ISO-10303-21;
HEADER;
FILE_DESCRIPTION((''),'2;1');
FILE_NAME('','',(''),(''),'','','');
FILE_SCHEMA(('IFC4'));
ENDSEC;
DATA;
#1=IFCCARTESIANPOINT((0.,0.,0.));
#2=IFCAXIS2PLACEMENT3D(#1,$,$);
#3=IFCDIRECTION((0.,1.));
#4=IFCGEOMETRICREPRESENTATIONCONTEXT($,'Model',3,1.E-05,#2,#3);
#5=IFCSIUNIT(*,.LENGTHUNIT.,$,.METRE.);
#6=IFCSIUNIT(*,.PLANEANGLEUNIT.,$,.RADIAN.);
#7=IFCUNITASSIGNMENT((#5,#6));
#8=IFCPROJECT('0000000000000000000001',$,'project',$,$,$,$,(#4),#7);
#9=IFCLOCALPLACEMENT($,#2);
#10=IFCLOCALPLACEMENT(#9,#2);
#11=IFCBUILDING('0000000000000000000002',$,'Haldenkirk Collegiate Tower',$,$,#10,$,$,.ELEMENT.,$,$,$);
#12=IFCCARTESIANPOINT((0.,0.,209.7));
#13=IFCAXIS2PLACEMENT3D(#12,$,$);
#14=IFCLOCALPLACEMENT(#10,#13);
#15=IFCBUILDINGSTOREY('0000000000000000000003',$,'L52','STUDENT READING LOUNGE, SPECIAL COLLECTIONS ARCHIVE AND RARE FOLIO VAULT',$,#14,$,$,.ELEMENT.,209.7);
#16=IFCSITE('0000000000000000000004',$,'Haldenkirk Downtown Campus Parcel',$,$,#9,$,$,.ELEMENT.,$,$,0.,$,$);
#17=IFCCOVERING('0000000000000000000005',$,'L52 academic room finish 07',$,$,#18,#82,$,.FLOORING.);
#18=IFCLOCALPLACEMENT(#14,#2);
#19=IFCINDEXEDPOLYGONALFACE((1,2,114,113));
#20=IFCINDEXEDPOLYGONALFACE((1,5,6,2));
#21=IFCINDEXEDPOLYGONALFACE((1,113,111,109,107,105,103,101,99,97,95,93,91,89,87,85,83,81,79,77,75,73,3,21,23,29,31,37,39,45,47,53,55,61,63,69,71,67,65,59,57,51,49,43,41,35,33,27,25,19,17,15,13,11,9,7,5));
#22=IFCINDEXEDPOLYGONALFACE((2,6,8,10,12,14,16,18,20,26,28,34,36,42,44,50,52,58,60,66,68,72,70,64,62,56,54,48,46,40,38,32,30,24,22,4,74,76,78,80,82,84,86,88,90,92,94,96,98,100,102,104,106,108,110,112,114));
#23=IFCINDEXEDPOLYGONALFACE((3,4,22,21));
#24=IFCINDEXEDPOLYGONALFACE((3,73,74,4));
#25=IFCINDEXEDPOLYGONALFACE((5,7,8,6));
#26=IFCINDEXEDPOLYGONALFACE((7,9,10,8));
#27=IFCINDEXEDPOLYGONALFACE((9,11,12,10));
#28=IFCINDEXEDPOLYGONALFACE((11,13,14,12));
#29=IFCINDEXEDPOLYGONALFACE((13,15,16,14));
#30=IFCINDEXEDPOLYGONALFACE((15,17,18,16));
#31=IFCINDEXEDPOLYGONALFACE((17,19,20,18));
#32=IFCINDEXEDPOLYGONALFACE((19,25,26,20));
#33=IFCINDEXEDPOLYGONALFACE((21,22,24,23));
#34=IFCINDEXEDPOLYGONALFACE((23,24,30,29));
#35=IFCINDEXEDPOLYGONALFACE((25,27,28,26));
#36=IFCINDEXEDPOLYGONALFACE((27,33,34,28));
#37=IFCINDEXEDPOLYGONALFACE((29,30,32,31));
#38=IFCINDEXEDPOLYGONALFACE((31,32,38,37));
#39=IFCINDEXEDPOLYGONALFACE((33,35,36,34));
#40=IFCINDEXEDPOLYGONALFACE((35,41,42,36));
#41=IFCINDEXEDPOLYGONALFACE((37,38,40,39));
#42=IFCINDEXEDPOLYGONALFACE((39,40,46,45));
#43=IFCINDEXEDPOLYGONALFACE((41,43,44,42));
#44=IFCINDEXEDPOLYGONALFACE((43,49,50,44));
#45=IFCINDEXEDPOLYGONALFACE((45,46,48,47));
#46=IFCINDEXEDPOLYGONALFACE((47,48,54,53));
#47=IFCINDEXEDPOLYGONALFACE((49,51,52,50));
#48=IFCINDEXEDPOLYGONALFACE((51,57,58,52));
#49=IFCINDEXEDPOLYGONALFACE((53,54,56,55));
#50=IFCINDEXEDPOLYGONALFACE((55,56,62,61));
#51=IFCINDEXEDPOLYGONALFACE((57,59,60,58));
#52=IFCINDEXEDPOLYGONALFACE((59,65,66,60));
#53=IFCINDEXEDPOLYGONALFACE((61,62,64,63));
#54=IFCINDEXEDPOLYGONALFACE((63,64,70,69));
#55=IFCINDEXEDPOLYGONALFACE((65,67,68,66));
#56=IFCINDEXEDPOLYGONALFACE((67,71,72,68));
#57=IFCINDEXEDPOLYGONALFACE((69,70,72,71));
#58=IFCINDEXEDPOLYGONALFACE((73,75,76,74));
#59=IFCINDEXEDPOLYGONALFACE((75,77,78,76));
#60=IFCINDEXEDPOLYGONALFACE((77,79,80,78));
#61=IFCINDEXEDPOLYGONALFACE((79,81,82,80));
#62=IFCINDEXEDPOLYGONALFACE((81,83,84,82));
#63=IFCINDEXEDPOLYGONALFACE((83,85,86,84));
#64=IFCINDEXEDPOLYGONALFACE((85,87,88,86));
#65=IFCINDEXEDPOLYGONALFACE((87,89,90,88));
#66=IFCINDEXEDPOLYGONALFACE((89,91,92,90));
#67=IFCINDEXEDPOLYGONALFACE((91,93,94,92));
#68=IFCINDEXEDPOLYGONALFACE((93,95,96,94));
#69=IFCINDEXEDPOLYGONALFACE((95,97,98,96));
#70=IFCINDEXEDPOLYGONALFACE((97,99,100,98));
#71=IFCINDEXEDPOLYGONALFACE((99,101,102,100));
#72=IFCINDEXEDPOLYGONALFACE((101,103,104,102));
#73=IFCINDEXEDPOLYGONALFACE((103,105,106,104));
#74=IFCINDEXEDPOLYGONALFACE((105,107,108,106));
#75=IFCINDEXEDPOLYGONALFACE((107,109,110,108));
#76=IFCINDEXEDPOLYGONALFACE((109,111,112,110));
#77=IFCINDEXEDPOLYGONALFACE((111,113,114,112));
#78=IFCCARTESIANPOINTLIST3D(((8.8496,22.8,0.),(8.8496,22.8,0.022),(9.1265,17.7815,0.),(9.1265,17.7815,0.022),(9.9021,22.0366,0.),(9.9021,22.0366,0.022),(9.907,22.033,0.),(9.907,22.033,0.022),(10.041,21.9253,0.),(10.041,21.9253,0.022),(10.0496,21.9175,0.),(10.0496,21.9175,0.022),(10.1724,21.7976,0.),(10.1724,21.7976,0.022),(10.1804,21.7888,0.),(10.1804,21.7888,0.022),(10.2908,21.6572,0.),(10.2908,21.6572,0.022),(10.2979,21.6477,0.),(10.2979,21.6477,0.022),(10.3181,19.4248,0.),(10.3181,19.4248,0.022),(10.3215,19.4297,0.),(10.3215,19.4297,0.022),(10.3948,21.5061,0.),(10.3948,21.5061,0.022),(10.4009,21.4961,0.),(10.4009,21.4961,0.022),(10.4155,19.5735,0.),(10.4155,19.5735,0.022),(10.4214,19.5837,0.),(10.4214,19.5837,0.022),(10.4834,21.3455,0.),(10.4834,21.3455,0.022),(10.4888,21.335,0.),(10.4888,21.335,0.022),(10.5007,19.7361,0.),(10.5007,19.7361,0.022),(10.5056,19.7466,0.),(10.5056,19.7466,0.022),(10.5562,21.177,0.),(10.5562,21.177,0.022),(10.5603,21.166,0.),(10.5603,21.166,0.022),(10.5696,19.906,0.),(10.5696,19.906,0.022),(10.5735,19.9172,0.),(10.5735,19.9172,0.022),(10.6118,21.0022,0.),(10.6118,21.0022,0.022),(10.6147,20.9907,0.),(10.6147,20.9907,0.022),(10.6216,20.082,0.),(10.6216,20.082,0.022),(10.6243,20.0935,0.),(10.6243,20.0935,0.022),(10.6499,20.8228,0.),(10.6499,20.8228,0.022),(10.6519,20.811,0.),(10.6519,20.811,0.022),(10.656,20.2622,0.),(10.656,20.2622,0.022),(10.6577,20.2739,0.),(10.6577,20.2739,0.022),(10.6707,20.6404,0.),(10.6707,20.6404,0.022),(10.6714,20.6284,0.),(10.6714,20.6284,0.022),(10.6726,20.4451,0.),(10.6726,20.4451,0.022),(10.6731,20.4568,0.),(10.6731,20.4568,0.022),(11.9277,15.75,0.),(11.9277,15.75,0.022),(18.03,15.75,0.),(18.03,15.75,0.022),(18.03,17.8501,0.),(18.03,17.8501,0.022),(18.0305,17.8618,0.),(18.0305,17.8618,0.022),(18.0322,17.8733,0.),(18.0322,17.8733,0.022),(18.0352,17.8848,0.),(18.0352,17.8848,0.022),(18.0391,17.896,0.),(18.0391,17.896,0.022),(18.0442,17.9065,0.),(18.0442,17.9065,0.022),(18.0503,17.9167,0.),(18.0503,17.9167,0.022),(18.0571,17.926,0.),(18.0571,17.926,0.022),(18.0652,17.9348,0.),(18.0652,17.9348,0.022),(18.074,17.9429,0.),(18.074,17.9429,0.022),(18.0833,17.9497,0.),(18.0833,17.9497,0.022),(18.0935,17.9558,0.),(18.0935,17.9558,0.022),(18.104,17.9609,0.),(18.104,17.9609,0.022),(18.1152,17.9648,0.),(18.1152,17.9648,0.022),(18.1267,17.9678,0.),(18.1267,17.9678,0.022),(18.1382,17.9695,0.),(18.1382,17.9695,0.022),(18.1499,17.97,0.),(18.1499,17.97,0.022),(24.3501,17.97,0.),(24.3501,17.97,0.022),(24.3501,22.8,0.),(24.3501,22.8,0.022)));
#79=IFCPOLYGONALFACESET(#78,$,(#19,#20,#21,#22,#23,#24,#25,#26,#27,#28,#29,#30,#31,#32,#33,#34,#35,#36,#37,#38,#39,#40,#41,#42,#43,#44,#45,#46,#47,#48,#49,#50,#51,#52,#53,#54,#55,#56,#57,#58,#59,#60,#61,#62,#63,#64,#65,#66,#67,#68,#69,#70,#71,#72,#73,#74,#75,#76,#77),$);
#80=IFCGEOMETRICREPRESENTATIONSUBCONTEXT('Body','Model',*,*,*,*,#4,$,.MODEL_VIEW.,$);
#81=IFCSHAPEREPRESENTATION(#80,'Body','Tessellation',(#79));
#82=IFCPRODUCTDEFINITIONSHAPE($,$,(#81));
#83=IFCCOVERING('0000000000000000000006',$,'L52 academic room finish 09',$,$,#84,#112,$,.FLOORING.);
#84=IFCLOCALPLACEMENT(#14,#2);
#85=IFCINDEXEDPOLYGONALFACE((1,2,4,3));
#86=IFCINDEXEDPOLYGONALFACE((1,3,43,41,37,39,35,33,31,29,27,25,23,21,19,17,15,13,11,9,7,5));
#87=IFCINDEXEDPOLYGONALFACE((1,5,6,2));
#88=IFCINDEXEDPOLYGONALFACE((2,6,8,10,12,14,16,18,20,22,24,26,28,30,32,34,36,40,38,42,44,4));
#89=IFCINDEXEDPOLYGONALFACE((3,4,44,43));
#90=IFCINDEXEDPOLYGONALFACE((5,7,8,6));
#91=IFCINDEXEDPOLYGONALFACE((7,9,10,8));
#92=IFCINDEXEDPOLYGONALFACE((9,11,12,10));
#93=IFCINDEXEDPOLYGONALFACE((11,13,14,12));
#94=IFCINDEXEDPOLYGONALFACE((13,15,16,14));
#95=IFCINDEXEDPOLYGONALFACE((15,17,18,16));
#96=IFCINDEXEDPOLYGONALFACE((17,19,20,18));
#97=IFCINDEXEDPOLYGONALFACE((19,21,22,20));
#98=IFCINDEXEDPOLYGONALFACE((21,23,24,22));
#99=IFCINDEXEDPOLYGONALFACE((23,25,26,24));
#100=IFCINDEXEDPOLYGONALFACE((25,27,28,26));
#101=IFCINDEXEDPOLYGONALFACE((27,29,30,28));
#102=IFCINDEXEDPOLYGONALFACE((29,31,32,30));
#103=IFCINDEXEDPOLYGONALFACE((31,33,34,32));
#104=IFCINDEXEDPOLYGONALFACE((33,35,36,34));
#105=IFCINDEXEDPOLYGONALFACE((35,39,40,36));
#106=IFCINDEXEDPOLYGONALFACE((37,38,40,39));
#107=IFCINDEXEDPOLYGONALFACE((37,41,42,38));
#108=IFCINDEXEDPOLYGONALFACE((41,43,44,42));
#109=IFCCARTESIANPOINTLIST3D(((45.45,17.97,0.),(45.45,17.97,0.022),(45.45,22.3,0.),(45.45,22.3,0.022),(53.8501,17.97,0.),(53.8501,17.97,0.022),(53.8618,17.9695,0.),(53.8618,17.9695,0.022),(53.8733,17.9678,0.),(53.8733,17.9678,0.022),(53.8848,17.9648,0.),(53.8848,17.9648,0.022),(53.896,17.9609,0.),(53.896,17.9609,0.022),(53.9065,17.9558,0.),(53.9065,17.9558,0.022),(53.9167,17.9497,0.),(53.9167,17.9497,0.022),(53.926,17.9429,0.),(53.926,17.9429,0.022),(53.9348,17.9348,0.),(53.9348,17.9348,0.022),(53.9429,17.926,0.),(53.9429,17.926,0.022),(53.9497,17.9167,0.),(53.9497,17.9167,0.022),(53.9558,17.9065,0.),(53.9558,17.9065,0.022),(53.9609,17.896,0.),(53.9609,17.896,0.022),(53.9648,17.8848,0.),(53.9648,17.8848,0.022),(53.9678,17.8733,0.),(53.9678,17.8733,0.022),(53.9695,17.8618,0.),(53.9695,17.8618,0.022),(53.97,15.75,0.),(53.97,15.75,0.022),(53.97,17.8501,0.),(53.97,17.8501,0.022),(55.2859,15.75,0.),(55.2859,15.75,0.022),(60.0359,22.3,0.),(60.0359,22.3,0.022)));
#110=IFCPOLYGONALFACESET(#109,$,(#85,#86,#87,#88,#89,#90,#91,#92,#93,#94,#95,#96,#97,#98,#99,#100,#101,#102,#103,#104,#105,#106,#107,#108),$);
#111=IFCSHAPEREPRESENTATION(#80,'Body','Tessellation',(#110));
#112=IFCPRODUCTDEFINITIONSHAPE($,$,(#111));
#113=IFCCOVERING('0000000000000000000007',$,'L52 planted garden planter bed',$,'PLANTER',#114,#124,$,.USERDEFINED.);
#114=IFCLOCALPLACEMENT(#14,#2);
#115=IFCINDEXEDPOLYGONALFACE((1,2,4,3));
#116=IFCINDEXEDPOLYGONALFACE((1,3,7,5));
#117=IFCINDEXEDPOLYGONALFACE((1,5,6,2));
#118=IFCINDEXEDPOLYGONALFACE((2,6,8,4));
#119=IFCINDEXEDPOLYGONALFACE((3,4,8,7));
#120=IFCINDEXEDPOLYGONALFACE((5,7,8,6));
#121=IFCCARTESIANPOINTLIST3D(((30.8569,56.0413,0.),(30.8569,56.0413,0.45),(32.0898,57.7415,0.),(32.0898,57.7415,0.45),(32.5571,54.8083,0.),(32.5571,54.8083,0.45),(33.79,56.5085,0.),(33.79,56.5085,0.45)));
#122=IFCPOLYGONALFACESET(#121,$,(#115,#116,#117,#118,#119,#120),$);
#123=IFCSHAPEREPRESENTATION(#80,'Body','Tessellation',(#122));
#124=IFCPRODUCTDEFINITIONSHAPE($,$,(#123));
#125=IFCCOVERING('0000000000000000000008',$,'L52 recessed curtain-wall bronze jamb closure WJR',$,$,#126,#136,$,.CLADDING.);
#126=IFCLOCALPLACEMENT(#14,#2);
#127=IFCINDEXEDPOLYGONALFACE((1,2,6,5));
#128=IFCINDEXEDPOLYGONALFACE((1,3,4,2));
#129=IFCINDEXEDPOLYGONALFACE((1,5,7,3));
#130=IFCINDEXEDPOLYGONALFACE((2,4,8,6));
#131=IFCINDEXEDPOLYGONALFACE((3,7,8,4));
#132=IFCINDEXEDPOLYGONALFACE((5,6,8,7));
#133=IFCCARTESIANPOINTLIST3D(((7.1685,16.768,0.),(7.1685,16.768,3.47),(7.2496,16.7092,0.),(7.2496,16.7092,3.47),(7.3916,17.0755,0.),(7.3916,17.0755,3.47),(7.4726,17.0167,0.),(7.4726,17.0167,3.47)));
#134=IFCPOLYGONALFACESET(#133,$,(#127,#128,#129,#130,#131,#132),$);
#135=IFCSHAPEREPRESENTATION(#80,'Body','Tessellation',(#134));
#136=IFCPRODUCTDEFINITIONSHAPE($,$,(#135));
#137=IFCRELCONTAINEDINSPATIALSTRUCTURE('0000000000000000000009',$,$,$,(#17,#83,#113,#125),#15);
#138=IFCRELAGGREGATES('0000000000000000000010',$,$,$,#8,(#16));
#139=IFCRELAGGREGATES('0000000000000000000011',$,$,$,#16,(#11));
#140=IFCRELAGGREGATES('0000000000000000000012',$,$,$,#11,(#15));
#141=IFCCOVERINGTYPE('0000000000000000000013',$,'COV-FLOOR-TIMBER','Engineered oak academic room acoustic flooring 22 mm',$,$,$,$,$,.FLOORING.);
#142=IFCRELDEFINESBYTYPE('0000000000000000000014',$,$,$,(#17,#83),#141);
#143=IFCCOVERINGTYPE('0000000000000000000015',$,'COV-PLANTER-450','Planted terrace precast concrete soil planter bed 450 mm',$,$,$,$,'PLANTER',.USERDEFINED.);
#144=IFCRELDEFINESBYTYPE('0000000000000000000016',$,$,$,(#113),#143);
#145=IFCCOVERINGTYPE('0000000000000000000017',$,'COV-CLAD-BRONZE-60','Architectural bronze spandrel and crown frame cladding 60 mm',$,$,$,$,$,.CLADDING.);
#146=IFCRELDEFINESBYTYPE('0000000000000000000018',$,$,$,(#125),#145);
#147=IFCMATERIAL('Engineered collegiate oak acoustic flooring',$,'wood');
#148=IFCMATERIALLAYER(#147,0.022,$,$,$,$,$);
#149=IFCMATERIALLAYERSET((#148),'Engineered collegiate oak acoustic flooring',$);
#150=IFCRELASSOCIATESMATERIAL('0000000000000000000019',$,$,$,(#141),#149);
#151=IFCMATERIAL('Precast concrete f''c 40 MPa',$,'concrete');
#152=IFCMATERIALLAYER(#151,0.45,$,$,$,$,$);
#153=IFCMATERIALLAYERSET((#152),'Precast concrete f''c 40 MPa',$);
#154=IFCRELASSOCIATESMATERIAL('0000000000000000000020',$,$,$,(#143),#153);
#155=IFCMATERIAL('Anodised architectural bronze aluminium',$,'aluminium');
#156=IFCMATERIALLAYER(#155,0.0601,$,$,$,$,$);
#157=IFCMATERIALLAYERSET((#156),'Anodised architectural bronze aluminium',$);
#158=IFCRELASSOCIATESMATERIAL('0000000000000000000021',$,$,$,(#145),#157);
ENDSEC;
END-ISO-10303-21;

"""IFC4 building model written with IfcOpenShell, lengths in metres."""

from ifc_helpers import new_model, si_unit, direction, frame, origin, origin_2d, place, context, subcontext, project, spatial, polyline, rectangle, outline, extrude, source, transform, mapped, material, layer, layer_set, type_object, element, save


model = new_model("IFC4")

# Units and contexts
model_context = context("Model", 3, precision=1e-05, world=origin(), true_north=direction((0.0, 1.0)))
body_context = subcontext(model_context, "Body", "Model", "MODEL_VIEW")
ifc_project = project(units=[si_unit("LENGTHUNIT", "METRE"), si_unit("PLANEANGLEUNIT", "RADIAN")], contexts=[model_context])

# Site, building, storey
site_placement = place(None, origin())
site = spatial("IfcSite", under=ifc_project, at=site_placement, Name="Haldenkirk Downtown Campus Parcel", CompositionType="ELEMENT", RefElevation=0.0)
building_placement = place(site_placement, origin())
building = spatial("IfcBuilding", under=site, at=building_placement, Name="Haldenkirk Collegiate Tower", CompositionType="ELEMENT")
storey_placement = place(building_placement, frame((0.0, 0.0, 209.7)))
storey = spatial("IfcBuildingStorey", under=building, at=storey_placement, Name="L52", Description="STUDENT READING LOUNGE, SPECIAL COLLECTIONS ARCHIVE AND RARE FOLIO VAULT", CompositionType="ELEMENT", Elevation=209.7)

# Shared definitions
ifc_material_1 = material(Name="Anodised architectural bronze aluminium", Category="aluminium")

# Shared definitions
ifc_material_2 = material(Name="Precast concrete f'c 40 MPa", Category="concrete")

# Coverings
ifc_material_3 = material(Name="Engineered collegiate oak acoustic flooring", Category="wood")
ifc_layer_1 = layer(ifc_material_3, 0.022)
ifc_layer_set_1 = layer_set([ifc_layer_1], Name="Engineered collegiate oak acoustic flooring")
covering_type_1 = type_object("IfcCoveringType", Name="COV-FLOOR-TIMBER", Description="Engineered oak academic room acoustic flooring 22 mm", PredefinedType="FLOORING", material=ifc_layer_set_1)
covering_1_placement = place(storey_placement, origin())
element("IfcCovering", 1, at=covering_1_placement, inside=storey, type_object=covering_type_1, Name="L52 academic room finish 07", PredefinedType="FLOORING", context=body_context, shape_type="SweptSolid", body=[
    extrude(outline(polyline([(10.3181, 19.4248), (10.3215, 19.4297), (10.4155, 19.5735), (10.4214, 19.5837), (10.5007, 19.7361), (10.5056, 19.7466), (10.5696, 19.906), (10.5735, 19.9172), (10.6216, 20.082), (10.6243, 20.0935), (10.656, 20.2622), (10.6577, 20.2739), (10.6726, 20.4451), (10.6731, 20.4568), (10.6714, 20.6284), (10.6707, 20.6404), (10.6519, 20.811), (10.6499, 20.8228), (10.6147, 20.9907), (10.6118, 21.0022), (10.5603, 21.166), (10.5562, 21.177), (10.4888, 21.335), (10.4834, 21.3455), (10.4009, 21.4961), (10.3948, 21.5061), (10.2979, 21.6477), (10.2908, 21.6572), (10.1804, 21.7888), (10.1724, 21.7976), (10.0496, 21.9175), (10.041, 21.9253), (9.907, 22.033), (9.9021, 22.0366), (8.8496, 22.8), (24.3501, 22.8), (24.3501, 17.97), (18.1499, 17.97), (18.1382, 17.9695), (18.1267, 17.9678), (18.1152, 17.9648), (18.104, 17.9609), (18.0935, 17.9558), (18.0833, 17.9497), (18.074, 17.9429), (18.0652, 17.9348), (18.0571, 17.926), (18.0503, 17.9167), (18.0442, 17.9065), (18.0391, 17.896), (18.0352, 17.8848), (18.0322, 17.8733), (18.0305, 17.8618), (18.03, 17.8501), (18.03, 15.75), (11.9277, 15.75), (9.1265, 17.7815), (10.3181, 19.4248)])), origin(), (0.0, 0.0, 1.0), 0.022),
])
covering_2_placement = place(storey_placement, origin())
element("IfcCovering", 2, at=covering_2_placement, inside=storey, type_object=covering_type_1, Name="L52 academic room finish 09", PredefinedType="FLOORING", context=body_context, shape_type="SweptSolid", body=[
    extrude(outline(polyline([(55.2859, 15.75), (53.97, 15.75), (53.97, 17.8501), (53.9695, 17.8618), (53.9678, 17.8733), (53.9648, 17.8848), (53.9609, 17.896), (53.9558, 17.9065), (53.9497, 17.9167), (53.9429, 17.926), (53.9348, 17.9348), (53.926, 17.9429), (53.9167, 17.9497), (53.9065, 17.9558), (53.896, 17.9609), (53.8848, 17.9648), (53.8733, 17.9678), (53.8618, 17.9695), (53.8501, 17.97), (45.45, 17.97), (45.45, 22.3), (60.0359, 22.3), (55.2859, 15.75)])), origin(), (0.0, 0.0, 1.0), 0.022),
])
ifc_layer_2 = layer(ifc_material_2, 0.45)
ifc_layer_set_2 = layer_set([ifc_layer_2], Name="Precast concrete f'c 40 MPa")
covering_type_2 = type_object("IfcCoveringType", Name="COV-PLANTER-450", Description="Planted terrace precast concrete soil planter bed 450 mm", ElementType="PLANTER", PredefinedType="USERDEFINED", material=ifc_layer_set_2)
covering_3_placement = place(storey_placement, origin())
element("IfcCovering", 3, at=covering_3_placement, inside=storey, type_object=covering_type_2, Name="L52 planted garden planter bed", ObjectType="PLANTER", PredefinedType="USERDEFINED", context=body_context, shape_type="SweptSolid", body=[
    extrude(outline(polyline([(32.5571, 54.8083), (30.8569, 56.0413), (32.0898, 57.7415), (33.79, 56.5085), (32.5571, 54.8083)])), origin(), (0.0, 0.0, 1.0), 0.45),
])
ifc_layer_3 = layer(ifc_material_1, 0.0601)
ifc_layer_set_3 = layer_set([ifc_layer_3], Name="Anodised architectural bronze aluminium")
covering_type_3 = type_object("IfcCoveringType", Name="COV-CLAD-BRONZE-60", Description="Architectural bronze spandrel and crown frame cladding 60 mm", PredefinedType="CLADDING", material=ifc_layer_set_3)
shared_shape_1 = source(origin(), body_context, "Body", "SweptSolid", [
    extrude(rectangle(XDim=0.1001, YDim=0.3799, at=origin_2d()), origin(), (0.0, 0.0, 1.0), 3.47),
])
covering_4_placement = place(storey_placement, frame((7.3206, 16.8923, 0.0), z_axis=(0.0, 0.0, 1.0), x_axis=(-0.80953, 0.587079, 0.0)))
element("IfcCovering", 4, at=covering_4_placement, inside=storey, type_object=covering_type_3, Name="L52 recessed curtain-wall bronze jamb closure WJR", PredefinedType="CLADDING", context=body_context, shape_type="MappedRepresentation", body=[
    mapped(shared_shape_1, transform((0.0, 0.0, 0.0), x_axis=(1.0, 0.0, 0.0), y_axis=(0.0, 1.0, 0.0), z_axis=(0.0, 0.0, 1.0), scale=1.0)),
])

save(model, "model.ifc")
